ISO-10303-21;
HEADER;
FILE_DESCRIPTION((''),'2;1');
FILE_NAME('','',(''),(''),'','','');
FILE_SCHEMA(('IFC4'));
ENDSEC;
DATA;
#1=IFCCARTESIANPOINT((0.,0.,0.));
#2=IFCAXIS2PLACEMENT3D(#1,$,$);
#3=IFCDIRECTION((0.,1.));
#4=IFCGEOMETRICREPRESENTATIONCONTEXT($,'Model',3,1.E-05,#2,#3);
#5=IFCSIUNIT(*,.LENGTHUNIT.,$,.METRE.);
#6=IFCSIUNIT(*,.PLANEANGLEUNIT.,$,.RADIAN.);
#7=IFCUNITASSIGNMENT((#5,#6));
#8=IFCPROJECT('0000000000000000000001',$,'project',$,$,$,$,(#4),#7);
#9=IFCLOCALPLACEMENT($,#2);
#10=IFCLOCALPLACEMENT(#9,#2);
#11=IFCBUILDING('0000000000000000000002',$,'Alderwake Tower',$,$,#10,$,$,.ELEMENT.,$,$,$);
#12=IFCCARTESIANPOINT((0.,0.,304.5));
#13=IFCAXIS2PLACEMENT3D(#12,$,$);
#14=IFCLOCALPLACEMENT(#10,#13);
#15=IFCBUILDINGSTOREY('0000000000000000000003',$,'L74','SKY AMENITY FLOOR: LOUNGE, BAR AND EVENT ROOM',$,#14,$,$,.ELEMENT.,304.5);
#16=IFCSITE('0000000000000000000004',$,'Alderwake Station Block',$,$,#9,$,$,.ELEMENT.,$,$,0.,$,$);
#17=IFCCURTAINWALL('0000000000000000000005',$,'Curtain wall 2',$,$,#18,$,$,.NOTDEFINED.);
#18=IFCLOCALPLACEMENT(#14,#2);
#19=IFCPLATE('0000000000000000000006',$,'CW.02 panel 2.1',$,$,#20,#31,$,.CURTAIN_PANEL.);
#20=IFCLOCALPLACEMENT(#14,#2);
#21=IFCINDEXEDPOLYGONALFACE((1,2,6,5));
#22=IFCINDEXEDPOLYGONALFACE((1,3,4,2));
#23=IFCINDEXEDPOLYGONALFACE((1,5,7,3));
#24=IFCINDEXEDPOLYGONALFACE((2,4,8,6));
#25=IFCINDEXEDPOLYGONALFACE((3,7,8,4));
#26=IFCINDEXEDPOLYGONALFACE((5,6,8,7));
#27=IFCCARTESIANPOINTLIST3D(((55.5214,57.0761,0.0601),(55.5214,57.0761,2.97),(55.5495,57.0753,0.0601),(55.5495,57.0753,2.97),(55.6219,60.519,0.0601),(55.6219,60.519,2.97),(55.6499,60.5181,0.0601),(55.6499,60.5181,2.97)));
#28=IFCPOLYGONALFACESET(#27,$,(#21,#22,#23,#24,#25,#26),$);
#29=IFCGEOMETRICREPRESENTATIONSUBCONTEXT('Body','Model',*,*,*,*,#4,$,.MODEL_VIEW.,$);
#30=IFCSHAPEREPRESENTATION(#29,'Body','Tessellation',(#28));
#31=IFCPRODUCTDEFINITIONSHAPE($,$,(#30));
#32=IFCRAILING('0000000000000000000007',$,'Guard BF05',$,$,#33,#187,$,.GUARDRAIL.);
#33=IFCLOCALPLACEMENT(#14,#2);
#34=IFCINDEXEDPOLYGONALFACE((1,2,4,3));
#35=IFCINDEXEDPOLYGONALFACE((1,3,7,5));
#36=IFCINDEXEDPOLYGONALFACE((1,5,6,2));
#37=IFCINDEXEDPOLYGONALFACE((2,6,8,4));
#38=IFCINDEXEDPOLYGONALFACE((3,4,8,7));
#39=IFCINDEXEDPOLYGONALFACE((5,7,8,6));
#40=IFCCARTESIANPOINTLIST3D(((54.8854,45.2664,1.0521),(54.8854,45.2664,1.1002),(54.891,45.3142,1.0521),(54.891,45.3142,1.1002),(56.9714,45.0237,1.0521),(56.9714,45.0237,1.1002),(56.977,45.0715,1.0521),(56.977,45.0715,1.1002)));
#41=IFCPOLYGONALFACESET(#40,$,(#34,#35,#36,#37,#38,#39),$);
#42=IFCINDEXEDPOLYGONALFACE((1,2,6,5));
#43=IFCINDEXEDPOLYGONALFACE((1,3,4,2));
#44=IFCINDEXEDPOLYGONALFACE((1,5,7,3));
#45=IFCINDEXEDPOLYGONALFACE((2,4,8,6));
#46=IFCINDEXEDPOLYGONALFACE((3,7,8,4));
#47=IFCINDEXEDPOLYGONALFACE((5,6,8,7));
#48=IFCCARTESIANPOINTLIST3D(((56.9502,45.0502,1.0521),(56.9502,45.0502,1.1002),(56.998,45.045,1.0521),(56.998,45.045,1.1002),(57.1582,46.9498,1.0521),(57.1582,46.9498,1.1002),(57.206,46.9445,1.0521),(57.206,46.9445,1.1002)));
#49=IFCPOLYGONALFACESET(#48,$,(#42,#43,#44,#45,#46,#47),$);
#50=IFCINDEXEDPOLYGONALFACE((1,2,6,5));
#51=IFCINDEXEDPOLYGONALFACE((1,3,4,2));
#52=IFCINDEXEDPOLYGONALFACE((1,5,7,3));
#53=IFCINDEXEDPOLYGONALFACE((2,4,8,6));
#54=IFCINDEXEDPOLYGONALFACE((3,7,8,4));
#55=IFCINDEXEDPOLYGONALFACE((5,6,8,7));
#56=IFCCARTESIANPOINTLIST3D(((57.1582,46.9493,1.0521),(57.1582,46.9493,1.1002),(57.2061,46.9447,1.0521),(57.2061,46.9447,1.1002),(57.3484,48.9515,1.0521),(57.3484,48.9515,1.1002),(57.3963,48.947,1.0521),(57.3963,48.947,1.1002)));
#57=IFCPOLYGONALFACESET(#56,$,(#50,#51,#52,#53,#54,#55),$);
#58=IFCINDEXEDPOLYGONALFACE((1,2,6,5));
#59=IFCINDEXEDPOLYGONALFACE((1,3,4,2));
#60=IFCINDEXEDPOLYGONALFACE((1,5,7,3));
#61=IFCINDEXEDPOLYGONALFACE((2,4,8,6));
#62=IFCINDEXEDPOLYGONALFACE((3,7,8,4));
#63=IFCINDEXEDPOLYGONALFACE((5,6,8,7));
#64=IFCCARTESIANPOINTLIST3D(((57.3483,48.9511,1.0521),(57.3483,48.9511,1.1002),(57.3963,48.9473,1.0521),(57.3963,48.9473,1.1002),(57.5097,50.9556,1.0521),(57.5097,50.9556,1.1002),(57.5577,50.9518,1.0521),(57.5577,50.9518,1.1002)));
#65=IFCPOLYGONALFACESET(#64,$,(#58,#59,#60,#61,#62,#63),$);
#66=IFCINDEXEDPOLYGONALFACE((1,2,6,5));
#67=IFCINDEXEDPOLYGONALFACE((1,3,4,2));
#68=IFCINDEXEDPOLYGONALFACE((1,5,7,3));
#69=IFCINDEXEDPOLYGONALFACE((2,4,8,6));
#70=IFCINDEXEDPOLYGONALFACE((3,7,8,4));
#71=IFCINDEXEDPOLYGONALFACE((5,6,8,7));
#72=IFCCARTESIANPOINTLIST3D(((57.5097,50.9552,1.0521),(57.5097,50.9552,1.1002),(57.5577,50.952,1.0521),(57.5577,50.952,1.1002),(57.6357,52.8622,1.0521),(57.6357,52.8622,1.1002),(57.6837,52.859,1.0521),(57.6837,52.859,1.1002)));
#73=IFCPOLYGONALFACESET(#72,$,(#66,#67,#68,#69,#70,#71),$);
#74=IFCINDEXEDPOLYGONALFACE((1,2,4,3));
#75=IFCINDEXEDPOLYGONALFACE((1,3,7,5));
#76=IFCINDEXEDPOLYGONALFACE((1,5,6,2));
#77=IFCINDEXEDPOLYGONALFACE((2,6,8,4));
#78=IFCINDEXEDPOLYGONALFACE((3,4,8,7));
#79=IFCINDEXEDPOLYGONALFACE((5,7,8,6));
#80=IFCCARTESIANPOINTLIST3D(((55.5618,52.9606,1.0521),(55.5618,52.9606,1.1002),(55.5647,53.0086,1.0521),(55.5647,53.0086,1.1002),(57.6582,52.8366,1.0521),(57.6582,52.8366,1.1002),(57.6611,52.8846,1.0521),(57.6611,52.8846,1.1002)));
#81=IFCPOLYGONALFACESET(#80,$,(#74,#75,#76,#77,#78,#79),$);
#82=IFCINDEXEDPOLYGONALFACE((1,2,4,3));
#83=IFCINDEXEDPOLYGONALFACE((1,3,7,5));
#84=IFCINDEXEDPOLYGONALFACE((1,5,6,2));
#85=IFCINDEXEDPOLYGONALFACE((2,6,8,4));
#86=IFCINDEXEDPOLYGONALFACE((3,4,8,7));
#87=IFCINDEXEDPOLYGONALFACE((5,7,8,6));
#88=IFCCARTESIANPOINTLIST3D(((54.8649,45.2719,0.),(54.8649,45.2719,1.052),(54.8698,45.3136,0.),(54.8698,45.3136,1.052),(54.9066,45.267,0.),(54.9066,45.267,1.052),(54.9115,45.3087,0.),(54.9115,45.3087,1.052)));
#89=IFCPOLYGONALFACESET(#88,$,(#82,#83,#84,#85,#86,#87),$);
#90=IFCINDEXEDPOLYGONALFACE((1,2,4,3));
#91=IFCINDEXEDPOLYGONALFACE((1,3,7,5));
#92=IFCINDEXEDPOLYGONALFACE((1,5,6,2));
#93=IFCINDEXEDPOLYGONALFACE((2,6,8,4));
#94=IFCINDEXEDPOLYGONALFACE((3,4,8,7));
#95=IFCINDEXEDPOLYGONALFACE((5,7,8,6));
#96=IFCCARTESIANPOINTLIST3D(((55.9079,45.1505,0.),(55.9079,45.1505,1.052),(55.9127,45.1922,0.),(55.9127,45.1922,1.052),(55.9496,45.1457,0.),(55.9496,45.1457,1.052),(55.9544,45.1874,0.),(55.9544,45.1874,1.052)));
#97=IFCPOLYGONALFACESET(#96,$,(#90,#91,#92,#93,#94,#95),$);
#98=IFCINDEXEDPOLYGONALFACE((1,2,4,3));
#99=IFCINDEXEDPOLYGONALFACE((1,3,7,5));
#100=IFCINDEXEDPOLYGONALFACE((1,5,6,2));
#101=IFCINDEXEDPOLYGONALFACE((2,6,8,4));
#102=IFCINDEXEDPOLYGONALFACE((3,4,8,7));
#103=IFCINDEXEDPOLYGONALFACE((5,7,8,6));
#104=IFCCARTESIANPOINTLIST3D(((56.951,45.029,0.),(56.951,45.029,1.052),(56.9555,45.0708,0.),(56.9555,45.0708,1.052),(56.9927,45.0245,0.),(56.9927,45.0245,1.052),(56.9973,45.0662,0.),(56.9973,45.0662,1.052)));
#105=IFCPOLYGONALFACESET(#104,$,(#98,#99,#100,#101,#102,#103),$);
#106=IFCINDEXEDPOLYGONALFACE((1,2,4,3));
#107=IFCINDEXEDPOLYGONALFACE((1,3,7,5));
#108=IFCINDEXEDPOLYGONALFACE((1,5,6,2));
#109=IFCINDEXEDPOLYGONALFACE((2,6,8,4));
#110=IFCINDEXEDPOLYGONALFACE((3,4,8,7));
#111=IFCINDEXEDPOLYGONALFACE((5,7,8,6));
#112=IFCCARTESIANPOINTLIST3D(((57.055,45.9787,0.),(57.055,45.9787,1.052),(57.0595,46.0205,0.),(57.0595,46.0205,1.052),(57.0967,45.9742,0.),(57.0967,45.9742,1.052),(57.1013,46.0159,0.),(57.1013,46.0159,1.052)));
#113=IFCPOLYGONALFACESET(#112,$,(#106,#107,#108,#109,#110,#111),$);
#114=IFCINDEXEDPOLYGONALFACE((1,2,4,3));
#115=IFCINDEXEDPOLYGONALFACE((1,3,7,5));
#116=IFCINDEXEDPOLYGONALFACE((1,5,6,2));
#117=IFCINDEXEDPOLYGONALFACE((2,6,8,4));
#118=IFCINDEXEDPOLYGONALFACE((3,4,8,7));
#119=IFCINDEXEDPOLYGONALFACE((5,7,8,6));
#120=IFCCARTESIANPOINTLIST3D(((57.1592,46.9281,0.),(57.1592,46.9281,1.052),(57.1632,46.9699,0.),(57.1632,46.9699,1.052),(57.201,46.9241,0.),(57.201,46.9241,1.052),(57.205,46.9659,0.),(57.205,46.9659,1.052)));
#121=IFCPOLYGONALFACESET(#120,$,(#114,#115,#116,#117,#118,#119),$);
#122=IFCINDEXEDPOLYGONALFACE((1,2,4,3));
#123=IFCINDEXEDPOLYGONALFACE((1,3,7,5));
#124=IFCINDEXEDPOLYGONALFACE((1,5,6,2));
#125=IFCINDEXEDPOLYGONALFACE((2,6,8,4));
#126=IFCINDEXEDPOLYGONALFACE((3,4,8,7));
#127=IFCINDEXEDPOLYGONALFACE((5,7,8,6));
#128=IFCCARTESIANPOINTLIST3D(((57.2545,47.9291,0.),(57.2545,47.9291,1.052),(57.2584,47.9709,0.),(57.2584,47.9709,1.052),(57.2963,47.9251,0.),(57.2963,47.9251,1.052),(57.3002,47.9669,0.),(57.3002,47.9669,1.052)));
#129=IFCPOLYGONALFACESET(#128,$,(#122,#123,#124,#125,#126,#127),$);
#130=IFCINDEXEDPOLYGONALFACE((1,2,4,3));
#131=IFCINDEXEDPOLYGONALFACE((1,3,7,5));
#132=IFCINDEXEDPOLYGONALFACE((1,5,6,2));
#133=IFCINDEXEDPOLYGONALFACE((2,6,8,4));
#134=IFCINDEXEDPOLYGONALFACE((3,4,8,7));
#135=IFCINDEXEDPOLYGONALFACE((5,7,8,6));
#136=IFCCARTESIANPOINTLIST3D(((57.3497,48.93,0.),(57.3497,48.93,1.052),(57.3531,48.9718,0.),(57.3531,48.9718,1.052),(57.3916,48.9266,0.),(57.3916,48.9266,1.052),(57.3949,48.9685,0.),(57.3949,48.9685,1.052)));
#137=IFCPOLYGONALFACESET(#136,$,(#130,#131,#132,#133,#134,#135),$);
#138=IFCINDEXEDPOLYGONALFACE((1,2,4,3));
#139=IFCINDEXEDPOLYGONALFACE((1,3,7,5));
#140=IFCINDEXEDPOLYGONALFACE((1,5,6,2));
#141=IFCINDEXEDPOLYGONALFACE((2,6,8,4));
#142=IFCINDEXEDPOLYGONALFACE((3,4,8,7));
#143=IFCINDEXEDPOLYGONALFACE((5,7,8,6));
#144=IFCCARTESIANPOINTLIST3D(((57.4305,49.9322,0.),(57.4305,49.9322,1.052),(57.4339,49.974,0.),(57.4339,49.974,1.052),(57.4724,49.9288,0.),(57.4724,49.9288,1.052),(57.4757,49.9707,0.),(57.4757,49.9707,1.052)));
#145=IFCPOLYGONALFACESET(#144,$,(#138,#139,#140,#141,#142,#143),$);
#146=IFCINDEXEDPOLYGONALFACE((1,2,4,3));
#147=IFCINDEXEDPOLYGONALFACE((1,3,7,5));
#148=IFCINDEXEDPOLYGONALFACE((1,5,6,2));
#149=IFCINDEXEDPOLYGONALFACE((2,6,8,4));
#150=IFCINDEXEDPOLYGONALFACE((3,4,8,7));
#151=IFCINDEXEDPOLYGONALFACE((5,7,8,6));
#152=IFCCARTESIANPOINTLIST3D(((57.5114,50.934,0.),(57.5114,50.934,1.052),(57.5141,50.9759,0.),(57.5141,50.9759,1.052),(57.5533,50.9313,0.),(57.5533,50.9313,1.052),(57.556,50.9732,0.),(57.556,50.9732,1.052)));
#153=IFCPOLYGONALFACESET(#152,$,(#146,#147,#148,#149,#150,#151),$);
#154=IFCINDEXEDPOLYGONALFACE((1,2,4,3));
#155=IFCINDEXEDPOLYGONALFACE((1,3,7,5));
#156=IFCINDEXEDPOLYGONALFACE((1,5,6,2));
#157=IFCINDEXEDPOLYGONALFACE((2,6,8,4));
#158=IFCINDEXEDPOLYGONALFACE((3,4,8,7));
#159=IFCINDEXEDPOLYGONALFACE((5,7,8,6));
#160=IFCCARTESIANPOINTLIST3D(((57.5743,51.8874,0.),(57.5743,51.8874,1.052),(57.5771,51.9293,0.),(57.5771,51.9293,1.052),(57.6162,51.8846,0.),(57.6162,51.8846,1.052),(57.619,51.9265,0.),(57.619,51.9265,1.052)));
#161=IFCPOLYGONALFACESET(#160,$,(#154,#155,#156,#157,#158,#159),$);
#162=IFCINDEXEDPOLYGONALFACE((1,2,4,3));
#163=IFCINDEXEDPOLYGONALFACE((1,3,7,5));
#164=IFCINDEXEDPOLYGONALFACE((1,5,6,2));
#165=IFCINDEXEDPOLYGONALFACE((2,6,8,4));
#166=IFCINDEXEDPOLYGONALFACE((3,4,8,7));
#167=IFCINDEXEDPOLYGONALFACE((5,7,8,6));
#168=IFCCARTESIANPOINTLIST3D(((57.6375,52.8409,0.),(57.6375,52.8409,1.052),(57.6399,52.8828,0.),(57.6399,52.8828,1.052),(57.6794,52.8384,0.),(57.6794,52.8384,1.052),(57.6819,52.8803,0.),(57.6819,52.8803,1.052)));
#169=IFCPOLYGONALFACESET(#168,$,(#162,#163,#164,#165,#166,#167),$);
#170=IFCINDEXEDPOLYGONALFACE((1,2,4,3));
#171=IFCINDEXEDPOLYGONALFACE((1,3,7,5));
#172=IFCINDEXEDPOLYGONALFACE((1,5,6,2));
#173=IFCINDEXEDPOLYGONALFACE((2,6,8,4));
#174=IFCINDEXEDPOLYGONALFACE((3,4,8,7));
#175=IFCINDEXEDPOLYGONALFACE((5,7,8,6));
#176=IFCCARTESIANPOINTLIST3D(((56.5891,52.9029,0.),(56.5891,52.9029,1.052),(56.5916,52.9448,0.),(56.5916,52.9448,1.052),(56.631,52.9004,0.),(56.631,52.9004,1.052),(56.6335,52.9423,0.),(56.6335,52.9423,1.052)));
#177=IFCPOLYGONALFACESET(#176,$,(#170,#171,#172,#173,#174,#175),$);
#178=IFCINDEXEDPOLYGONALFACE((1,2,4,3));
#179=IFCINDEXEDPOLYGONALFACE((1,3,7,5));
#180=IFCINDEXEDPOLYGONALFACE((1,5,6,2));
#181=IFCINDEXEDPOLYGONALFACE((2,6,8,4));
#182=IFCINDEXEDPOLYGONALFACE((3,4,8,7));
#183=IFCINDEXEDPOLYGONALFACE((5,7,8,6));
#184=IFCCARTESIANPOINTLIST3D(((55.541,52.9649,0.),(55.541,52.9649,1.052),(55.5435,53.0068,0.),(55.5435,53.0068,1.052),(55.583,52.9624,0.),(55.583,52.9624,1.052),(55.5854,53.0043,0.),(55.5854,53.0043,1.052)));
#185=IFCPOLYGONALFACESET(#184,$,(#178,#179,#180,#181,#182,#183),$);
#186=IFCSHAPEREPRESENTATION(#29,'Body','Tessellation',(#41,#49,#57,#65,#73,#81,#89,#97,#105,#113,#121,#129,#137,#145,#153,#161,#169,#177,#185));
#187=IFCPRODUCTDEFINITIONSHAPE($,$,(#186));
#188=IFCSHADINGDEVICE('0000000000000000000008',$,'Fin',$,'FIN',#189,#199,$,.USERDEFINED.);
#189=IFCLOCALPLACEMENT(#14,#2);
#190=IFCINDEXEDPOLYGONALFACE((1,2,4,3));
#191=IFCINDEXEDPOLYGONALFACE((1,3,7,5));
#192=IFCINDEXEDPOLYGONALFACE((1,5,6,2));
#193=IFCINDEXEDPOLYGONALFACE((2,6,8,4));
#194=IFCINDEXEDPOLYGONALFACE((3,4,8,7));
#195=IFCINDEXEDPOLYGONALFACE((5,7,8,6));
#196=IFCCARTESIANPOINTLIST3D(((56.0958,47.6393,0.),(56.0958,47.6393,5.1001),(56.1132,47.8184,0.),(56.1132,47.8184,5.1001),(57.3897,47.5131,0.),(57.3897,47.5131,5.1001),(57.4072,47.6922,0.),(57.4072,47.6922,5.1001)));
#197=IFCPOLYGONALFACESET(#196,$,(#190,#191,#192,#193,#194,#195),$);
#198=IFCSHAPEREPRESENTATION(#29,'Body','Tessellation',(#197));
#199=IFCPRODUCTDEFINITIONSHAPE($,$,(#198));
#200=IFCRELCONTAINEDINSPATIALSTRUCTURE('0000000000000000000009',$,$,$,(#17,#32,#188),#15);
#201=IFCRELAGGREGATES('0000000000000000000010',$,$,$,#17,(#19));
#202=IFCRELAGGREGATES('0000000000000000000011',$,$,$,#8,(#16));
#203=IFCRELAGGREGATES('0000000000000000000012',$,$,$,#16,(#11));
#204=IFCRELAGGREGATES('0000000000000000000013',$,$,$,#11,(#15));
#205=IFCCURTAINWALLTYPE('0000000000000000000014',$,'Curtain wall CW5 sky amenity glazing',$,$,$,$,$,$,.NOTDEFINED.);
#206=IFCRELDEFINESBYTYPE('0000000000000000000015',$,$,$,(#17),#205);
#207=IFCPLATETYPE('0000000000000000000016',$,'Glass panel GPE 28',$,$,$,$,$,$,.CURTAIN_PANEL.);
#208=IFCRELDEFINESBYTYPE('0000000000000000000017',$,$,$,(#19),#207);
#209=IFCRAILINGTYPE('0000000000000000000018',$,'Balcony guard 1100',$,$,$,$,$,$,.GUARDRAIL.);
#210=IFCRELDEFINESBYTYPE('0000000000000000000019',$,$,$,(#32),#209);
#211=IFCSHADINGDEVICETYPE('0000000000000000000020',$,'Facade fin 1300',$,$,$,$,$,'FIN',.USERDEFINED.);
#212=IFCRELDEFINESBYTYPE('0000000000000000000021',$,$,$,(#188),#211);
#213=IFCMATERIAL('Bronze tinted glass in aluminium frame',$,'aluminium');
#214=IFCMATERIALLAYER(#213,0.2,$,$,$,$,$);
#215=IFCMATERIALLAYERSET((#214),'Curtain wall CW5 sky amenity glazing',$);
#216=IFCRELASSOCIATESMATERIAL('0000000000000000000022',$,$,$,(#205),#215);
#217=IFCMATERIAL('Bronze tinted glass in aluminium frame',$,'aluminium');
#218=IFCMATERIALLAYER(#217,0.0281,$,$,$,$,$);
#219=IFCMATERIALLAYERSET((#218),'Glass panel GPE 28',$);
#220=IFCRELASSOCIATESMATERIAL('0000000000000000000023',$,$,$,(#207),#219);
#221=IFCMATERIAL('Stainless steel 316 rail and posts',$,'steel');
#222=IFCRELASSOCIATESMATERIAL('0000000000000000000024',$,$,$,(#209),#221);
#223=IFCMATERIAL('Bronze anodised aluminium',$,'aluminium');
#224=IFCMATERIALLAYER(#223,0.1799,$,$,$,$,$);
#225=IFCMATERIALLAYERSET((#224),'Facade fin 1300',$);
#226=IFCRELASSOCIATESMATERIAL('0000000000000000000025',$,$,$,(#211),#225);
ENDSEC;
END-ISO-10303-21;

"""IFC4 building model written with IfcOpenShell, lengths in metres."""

from ifc_helpers import new_model, si_unit, direction, frame, origin, origin_2d, place, context, subcontext, project, spatial, rectangle, extrude, material, layer, layer_set, type_object, element, aggregate, save


model = new_model("IFC4")

# Units and contexts
model_context = context("Model", 3, precision=1e-05, world=origin(), true_north=direction((0.0, 1.0)))
body_context = subcontext(model_context, "Body", "Model", "MODEL_VIEW")
ifc_project = project(units=[si_unit("LENGTHUNIT", "METRE"), si_unit("PLANEANGLEUNIT", "RADIAN")], contexts=[model_context])

# Site, building, storey
site_placement = place(None, origin())
site = spatial("IfcSite", under=ifc_project, at=site_placement, Name="Alderwake Station Block", CompositionType="ELEMENT", RefElevation=0.0)
building_placement = place(site_placement, origin())
building = spatial("IfcBuilding", under=site, at=building_placement, Name="Alderwake Tower", CompositionType="ELEMENT")
storey_placement = place(building_placement, frame((0.0, 0.0, 304.5)))
storey = spatial("IfcBuildingStorey", under=building, at=storey_placement, Name="L74", Description="SKY AMENITY FLOOR: LOUNGE, BAR AND EVENT ROOM", CompositionType="ELEMENT", Elevation=304.5)

# Shared definitions
ifc_material_1 = material(Name="Bronze tinted glass in aluminium frame", Category="aluminium")
ifc_layer_1 = layer(ifc_material_1, 0.2)
ifc_layer_set_1 = layer_set([ifc_layer_1], Name="Curtain wall CW5 sky amenity glazing")
curtain_wall_type = type_object("IfcCurtainWallType", Name="Curtain wall CW5 sky amenity glazing", PredefinedType="NOTDEFINED", material=ifc_layer_set_1)

# Curtain wall, plate
curtain_wall_1_placement = place(storey_placement, origin())
curtain_wall_1 = element("IfcCurtainWall", 1, at=curtain_wall_1_placement, inside=storey, type_object=curtain_wall_type, Name="Curtain wall 2", PredefinedType="NOTDEFINED")
ifc_material_2 = material(Name="Bronze tinted glass in aluminium frame", Category="aluminium")
ifc_layer_2 = layer(ifc_material_2, 0.0281)
ifc_layer_set_2 = layer_set([ifc_layer_2], Name="Glass panel GPE 28")
plate_type = type_object("IfcPlateType", Name="Glass panel GPE 28", PredefinedType="CURTAIN_PANEL", material=ifc_layer_set_2)
plate_1_placement = place(storey_placement, frame((55.5857, 58.7971, 0.0601), z_axis=(0.0, 0.0, 1.0), x_axis=(0.029158, 0.999575, 0.0)))
plate_1 = element("IfcPlate", 2, at=plate_1_placement, type_object=plate_type, Name="CW.02 panel 2.1", PredefinedType="CURTAIN_PANEL", context=body_context, shape_type="SweptSolid", body=[
    extrude(rectangle(XDim=3.4443, YDim=0.0281, at=origin_2d()), origin(), (0.0, 0.0, 1.0), 2.9099),
])
aggregate(curtain_wall_1, [plate_1])

# Railing
ifc_material_3 = material(Name="Stainless steel 316 rail and posts", Category="steel")
railing_type = type_object("IfcRailingType", Name="Balcony guard 1100", PredefinedType="GUARDRAIL", material=ifc_material_3)
railing_placement = place(storey_placement, frame((54.8882, 45.2903, 0.0)))
element("IfcRailing", 3, at=railing_placement, inside=storey, type_object=railing_type, Name="Guard BF05", PredefinedType="GUARDRAIL", context=body_context, shape_type="SweptSolid", body=[
    extrude(rectangle(XDim=0.0481, YDim=0.0481, at=origin_2d()), frame((0.0, 0.0, 1.0762), z_axis=(0.993301, -0.11556, 0.0), x_axis=(0.11556, 0.993301, 0.0)), (0.0, 0.0, 1.0), 2.1001),
    extrude(rectangle(XDim=0.0481, YDim=0.0481, at=origin_2d()), frame((2.0859, -0.2427, 1.0762), z_axis=(0.108861, 0.994057, 0.0), x_axis=(-0.994057, 0.108861, 0.0)), (0.0, 0.0, 1.0), 1.9109),
    extrude(rectangle(XDim=0.0481, YDim=0.0481, at=origin_2d()), frame((2.2939, 1.6567, 1.0762), z_axis=(0.094563, 0.995519, 0.0), x_axis=(-0.995519, 0.094563, 0.0)), (0.0, 0.0, 1.0), 2.0112),
    extrude(rectangle(XDim=0.0481, YDim=0.0481, at=origin_2d()), frame((2.4841, 3.6589, 1.0762), z_axis=(0.080252, 0.996775, 0.0), x_axis=(-0.996775, 0.080252, 0.0)), (0.0, 0.0, 1.0), 2.011),
    extrude(rectangle(XDim=0.0481, YDim=0.0481, at=origin_2d()), frame((2.6455, 5.6633, 1.0762), z_axis=(0.065917, 0.997825, 0.0), x_axis=(-0.997825, 0.065917, 0.0)), (0.0, 0.0, 1.0), 1.9111),
    extrude(rectangle(XDim=0.0481, YDim=0.0481, at=origin_2d()), frame((2.7715, 7.5703, 1.0762), z_axis=(-0.998255, 0.059056, 0.0), x_axis=(-0.059056, -0.998255, 0.0)), (0.0, 0.0, 1.0), 2.1001),
    extrude(rectangle(XDim=0.042, YDim=0.042, at=origin_2d()), frame((0.0, 0.0, 0.0), z_axis=(0.0, 0.0, 1.0), x_axis=(0.993301, -0.11556, 0.0)), (0.0, 0.0, 1.0), 1.052),
    extrude(rectangle(XDim=0.042, YDim=0.042, at=origin_2d()), frame((1.043, -0.1213, 0.0), z_axis=(0.0, 0.0, 1.0), x_axis=(0.993301, -0.11556, 0.0)), (0.0, 0.0, 1.0), 1.052),
    extrude(rectangle(XDim=0.042, YDim=0.042, at=origin_2d()), frame((2.0859, -0.2427, 0.0), z_axis=(0.0, 0.0, 1.0), x_axis=(0.108861, 0.994057, 0.0)), (0.0, 0.0, 1.0), 1.052),
    extrude(rectangle(XDim=0.042, YDim=0.042, at=origin_2d()), frame((2.1899, 0.707, 0.0), z_axis=(0.0, 0.0, 1.0), x_axis=(0.108861, 0.994057, 0.0)), (0.0, 0.0, 1.0), 1.052),
    extrude(rectangle(XDim=0.042, YDim=0.042, at=origin_2d()), frame((2.2939, 1.6567, 0.0), z_axis=(0.0, 0.0, 1.0), x_axis=(0.094563, 0.995519, 0.0)), (0.0, 0.0, 1.0), 1.052),
    extrude(rectangle(XDim=0.042, YDim=0.042, at=origin_2d()), frame((2.3892, 2.6577, 0.0), z_axis=(0.0, 0.0, 1.0), x_axis=(0.094563, 0.995519, 0.0)), (0.0, 0.0, 1.0), 1.052),
    extrude(rectangle(XDim=0.042, YDim=0.042, at=origin_2d()), frame((2.4841, 3.6589, 0.0), z_axis=(0.0, 0.0, 1.0), x_axis=(0.080252, 0.996775, 0.0)), (0.0, 0.0, 1.0), 1.052),
    extrude(rectangle(XDim=0.042, YDim=0.042, at=origin_2d()), frame((2.5649, 4.6611, 0.0), z_axis=(0.0, 0.0, 1.0), x_axis=(0.080252, 0.996775, 0.0)), (0.0, 0.0, 1.0), 1.052),
    extrude(rectangle(XDim=0.042, YDim=0.042, at=origin_2d()), frame((2.6455, 5.6633, 0.0), z_axis=(0.0, 0.0, 1.0), x_axis=(0.065917, 0.997825, 0.0)), (0.0, 0.0, 1.0), 1.052),
    extrude(rectangle(XDim=0.042, YDim=0.042, at=origin_2d()), frame((2.7085, 6.6167, 0.0), z_axis=(0.0, 0.0, 1.0), x_axis=(0.065917, 0.997825, 0.0)), (0.0, 0.0, 1.0), 1.052),
    extrude(rectangle(XDim=0.042, YDim=0.042, at=origin_2d()), frame((2.7715, 7.5703, 0.0), z_axis=(0.0, 0.0, 1.0), x_axis=(-0.998255, 0.059056, 0.0)), (0.0, 0.0, 1.0), 1.052),
    extrude(rectangle(XDim=0.042, YDim=0.042, at=origin_2d()), frame((1.7231, 7.6323, 0.0), z_axis=(0.0, 0.0, 1.0), x_axis=(-0.998255, 0.059056, 0.0)), (0.0, 0.0, 1.0), 1.052),
    extrude(rectangle(XDim=0.042, YDim=0.042, at=origin_2d()), frame((0.675, 7.6943, 0.0), z_axis=(0.0, 0.0, 1.0), x_axis=(-0.998255, 0.059056, 0.0)), (0.0, 0.0, 1.0), 1.052),
])

# Shading device
ifc_material_4 = material(Name="Bronze anodised aluminium", Category="aluminium")
ifc_layer_3 = layer(ifc_material_4, 0.1799)
ifc_layer_set_3 = layer_set([ifc_layer_3], Name="Facade fin 1300")
shading_device_type = type_object("IfcShadingDeviceType", Name="Facade fin 1300", ElementType="FIN", PredefinedType="USERDEFINED", material=ifc_layer_set_3)
shading_device_placement = place(storey_placement, frame((56.7515, 47.6658, 0.0), z_axis=(0.0, 0.0, 1.0), x_axis=(0.99528, -0.097046, 0.0)))
element("IfcShadingDevice", 4, at=shading_device_placement, inside=storey, type_object=shading_device_type, Name="Fin", ObjectType="FIN", PredefinedType="USERDEFINED", context=body_context, shape_type="SweptSolid", body=[
    extrude(rectangle(XDim=1.3, YDim=0.1799, at=origin_2d()), origin(), (0.0, 0.0, 1.0), 5.1001),
])

save(model, "model.ifc")
